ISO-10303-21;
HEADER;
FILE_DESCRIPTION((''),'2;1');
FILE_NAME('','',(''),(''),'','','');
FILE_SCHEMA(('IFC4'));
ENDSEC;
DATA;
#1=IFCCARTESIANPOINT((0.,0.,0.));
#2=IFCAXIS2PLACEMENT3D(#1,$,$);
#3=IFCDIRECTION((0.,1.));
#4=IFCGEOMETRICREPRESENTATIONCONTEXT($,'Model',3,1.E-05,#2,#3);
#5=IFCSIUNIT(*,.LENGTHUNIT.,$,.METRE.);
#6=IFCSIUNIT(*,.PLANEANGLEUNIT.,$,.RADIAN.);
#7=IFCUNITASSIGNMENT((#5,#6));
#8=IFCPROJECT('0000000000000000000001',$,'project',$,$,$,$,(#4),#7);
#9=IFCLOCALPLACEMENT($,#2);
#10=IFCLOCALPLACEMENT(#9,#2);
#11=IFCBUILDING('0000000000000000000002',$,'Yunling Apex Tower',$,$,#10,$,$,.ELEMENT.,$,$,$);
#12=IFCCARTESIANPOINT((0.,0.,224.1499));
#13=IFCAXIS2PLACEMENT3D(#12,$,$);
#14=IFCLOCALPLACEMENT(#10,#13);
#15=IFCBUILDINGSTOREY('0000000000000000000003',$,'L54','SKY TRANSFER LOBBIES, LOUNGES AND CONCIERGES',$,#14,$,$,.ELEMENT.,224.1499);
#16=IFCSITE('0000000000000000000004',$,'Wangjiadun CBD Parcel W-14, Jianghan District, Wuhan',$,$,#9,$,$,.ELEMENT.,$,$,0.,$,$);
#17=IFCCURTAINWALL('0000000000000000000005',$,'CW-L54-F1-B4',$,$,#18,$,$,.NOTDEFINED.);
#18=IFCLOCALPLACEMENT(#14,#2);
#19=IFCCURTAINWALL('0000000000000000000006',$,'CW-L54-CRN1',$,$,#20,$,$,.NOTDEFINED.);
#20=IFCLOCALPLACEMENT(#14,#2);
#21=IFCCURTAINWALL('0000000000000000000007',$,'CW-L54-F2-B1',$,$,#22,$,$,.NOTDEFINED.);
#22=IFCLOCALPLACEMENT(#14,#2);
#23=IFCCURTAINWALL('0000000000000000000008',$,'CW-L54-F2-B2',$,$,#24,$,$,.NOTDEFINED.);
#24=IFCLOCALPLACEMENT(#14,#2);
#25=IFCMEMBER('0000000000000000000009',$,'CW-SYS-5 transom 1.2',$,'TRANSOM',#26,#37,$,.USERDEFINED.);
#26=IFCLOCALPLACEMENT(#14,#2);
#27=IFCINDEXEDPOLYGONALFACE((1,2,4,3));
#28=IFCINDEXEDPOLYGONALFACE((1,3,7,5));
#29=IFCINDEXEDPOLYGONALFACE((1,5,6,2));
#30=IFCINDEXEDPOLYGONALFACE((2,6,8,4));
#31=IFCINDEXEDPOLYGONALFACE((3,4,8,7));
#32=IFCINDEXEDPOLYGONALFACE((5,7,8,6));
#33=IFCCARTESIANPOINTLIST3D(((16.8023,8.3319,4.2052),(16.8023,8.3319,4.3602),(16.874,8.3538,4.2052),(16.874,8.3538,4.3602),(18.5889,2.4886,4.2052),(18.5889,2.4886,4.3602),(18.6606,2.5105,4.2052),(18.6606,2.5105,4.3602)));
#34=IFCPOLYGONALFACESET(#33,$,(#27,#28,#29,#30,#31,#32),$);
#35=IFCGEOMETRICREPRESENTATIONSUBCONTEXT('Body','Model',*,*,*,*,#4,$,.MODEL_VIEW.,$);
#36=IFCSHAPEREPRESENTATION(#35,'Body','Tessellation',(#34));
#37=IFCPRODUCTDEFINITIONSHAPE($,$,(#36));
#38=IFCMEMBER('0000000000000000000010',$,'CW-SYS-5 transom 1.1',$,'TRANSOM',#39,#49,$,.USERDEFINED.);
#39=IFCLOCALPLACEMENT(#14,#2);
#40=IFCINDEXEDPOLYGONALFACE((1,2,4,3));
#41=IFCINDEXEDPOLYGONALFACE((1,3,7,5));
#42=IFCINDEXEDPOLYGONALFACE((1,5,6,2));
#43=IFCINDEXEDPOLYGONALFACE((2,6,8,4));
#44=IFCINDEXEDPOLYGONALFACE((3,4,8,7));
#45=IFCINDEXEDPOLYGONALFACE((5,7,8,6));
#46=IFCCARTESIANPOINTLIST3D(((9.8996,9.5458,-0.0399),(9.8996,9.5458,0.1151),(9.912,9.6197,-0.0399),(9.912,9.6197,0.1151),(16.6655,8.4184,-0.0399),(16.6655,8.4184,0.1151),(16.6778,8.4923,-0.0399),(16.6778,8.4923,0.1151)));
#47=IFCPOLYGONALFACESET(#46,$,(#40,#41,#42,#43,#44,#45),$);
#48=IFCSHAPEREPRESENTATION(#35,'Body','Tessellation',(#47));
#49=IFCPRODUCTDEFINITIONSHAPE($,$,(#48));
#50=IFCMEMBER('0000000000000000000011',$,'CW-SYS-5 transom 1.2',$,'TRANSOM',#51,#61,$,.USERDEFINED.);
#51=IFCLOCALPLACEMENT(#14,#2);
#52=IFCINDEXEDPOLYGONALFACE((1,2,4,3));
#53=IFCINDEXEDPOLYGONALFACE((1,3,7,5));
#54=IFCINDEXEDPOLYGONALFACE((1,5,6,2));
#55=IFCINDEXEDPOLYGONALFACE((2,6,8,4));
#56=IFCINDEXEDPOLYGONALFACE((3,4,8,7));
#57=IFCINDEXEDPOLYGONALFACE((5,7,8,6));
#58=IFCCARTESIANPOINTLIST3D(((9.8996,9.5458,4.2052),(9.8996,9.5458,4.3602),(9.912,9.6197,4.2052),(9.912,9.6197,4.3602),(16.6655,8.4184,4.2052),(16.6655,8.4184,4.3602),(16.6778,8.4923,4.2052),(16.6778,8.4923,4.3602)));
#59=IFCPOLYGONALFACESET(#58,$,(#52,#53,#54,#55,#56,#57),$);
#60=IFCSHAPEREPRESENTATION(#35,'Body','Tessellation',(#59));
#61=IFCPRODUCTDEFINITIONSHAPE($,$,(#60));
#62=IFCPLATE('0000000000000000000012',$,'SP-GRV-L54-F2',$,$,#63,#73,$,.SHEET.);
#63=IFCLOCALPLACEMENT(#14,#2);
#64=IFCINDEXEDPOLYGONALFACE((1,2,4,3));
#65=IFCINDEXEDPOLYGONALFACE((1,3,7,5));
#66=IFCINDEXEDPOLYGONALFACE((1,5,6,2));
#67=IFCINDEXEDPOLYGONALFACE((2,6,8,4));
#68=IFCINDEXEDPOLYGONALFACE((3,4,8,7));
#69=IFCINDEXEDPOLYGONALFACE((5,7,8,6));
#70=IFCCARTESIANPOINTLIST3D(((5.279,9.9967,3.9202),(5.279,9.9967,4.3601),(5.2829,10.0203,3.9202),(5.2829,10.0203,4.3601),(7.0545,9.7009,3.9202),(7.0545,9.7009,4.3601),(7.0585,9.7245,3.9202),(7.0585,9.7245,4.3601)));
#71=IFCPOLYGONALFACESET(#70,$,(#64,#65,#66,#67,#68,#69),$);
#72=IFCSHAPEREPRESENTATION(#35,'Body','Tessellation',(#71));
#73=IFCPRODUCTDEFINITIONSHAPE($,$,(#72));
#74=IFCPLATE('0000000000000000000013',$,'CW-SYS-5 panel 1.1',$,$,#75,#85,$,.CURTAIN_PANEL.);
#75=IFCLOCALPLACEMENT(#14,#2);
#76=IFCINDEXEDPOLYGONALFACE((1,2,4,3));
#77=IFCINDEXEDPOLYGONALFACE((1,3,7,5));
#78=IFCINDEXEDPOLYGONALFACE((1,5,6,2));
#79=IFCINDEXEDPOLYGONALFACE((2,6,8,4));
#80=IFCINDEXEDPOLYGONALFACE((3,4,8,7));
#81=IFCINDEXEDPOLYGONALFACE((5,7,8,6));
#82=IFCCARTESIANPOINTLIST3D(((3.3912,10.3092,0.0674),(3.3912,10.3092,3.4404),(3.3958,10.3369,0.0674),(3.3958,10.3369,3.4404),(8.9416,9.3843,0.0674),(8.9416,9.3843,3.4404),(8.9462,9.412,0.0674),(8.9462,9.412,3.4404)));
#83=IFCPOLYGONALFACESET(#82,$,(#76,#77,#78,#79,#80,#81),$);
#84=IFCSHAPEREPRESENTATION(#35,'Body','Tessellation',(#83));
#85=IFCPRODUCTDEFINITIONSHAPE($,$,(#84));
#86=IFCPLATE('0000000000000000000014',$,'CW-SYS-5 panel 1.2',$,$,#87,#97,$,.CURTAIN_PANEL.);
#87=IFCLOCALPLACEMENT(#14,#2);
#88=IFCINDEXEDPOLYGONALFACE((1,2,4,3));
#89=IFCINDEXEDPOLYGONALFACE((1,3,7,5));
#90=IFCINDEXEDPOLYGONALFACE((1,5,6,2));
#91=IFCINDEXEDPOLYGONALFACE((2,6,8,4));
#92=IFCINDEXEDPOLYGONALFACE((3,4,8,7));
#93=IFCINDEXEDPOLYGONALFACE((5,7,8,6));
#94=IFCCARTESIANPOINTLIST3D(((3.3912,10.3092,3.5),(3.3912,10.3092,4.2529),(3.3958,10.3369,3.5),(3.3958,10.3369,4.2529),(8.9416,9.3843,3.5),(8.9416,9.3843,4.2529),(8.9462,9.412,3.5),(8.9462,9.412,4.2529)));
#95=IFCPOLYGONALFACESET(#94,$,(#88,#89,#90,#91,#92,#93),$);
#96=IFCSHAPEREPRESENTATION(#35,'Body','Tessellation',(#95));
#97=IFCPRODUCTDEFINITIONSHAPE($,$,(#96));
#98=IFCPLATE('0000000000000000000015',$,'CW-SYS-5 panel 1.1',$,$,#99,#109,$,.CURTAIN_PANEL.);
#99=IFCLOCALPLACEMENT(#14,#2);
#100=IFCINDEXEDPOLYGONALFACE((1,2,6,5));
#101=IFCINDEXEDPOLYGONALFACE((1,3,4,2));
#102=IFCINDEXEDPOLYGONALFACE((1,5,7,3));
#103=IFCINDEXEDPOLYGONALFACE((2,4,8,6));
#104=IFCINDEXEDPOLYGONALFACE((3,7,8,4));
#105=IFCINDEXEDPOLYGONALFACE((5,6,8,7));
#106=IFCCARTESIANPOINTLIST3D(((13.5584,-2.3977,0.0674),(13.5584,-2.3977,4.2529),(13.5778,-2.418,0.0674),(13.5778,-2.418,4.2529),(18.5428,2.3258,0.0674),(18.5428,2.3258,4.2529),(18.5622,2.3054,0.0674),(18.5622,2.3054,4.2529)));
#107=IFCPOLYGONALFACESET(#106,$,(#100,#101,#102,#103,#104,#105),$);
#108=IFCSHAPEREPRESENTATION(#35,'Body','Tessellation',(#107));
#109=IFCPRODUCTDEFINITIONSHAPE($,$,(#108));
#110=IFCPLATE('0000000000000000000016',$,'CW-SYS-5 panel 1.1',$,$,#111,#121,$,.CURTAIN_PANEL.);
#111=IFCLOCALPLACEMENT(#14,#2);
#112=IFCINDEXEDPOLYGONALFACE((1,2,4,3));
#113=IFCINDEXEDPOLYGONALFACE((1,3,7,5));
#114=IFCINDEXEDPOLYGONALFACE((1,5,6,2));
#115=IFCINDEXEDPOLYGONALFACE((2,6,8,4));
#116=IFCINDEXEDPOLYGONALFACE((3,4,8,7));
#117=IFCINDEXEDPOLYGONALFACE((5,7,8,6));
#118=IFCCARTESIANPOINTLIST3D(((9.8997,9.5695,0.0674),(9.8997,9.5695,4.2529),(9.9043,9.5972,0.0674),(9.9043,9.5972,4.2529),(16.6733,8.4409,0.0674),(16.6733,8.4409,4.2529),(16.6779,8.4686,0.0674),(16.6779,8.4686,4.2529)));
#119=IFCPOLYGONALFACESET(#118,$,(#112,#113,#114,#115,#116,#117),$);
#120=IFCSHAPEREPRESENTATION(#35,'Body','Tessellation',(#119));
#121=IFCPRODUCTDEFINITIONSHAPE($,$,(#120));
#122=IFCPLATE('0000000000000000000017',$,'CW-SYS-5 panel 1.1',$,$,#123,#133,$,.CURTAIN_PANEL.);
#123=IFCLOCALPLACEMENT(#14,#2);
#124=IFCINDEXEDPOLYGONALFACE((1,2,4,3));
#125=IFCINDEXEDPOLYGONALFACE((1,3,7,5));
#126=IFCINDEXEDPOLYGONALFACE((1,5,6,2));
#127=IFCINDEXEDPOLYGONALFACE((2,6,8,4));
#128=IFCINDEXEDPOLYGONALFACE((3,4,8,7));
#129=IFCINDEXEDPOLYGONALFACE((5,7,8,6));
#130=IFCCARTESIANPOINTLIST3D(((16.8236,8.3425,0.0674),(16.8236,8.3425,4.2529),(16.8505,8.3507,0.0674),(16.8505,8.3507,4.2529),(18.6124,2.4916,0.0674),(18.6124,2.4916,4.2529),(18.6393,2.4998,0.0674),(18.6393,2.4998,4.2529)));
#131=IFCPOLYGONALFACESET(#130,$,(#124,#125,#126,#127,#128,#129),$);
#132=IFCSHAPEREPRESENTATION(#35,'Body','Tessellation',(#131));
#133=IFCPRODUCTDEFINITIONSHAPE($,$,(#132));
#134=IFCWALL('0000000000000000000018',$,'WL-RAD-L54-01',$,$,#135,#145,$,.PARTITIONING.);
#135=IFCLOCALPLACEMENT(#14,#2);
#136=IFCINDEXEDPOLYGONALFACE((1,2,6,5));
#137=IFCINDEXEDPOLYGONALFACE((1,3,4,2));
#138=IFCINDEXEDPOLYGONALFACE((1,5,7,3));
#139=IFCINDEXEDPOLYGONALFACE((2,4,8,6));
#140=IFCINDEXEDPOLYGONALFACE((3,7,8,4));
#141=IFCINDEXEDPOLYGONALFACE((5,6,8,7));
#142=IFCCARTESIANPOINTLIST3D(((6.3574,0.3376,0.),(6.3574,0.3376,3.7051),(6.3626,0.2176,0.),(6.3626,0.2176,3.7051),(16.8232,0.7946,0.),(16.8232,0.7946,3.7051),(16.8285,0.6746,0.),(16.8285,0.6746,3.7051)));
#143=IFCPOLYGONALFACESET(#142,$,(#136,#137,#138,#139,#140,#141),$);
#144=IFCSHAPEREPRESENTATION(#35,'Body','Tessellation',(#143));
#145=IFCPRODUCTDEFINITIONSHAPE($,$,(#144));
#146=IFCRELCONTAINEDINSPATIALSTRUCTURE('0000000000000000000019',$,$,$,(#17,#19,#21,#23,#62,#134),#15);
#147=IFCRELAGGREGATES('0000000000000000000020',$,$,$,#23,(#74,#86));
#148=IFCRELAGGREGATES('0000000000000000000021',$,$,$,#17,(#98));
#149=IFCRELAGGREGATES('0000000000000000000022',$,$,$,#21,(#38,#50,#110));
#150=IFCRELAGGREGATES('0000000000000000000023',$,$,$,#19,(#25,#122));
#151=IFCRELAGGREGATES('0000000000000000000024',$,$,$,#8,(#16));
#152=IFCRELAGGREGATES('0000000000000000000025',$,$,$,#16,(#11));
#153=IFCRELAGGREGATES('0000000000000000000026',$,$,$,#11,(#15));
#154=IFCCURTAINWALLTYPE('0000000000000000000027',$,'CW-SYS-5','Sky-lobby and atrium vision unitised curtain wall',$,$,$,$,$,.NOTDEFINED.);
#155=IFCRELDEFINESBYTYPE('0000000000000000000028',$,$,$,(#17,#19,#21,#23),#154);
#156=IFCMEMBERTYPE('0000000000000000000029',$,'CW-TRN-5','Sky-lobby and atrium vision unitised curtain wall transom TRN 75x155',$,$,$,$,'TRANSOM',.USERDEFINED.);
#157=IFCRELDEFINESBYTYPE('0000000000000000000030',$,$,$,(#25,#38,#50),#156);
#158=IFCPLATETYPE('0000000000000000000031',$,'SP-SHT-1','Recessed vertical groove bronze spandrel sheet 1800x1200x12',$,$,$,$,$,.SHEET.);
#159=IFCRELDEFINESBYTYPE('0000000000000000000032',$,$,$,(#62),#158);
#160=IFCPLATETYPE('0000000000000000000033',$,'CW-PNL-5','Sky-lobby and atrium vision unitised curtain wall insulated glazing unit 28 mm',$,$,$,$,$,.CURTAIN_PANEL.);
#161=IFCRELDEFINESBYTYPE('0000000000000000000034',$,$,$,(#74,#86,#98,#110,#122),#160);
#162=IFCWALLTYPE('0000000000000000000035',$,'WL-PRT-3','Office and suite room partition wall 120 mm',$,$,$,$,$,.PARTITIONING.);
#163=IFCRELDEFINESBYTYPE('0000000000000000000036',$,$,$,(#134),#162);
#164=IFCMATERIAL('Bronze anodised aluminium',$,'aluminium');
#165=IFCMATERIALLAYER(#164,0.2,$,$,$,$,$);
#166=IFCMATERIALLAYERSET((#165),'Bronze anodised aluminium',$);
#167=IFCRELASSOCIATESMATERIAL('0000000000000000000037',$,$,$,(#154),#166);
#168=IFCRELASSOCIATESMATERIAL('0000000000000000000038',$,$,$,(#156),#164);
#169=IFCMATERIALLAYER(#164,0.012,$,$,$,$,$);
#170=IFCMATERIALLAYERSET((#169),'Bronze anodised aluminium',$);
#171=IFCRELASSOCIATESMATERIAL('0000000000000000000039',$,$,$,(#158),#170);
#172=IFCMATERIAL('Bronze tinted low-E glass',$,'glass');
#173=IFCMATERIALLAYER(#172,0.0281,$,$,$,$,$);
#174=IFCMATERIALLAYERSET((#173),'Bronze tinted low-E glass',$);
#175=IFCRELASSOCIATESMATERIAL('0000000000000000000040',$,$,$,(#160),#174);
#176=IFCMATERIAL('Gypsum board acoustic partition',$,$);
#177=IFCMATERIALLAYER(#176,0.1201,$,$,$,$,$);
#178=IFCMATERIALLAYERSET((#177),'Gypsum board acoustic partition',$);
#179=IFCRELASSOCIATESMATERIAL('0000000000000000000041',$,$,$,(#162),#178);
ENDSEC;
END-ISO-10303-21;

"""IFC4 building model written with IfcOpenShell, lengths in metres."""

from ifc_helpers import new_model, si_unit, direction, frame, frame_2d, origin, origin_2d, place, context, subcontext, project, spatial, rectangle, extrude, source, transform, mapped, material, layer, layer_set, material_profile, profile_set, type_object, element, aggregate, save


model = new_model("IFC4")

# Units and contexts
model_context = context("Model", 3, precision=1e-05, world=origin(), true_north=direction((0.0, 1.0)))
body_context = subcontext(model_context, "Body", "Model", "MODEL_VIEW")
ifc_project = project(units=[si_unit("LENGTHUNIT", "METRE"), si_unit("PLANEANGLEUNIT", "RADIAN")], contexts=[model_context])

# Site, building, storey
site_placement = place(None, origin())
site = spatial("IfcSite", under=ifc_project, at=site_placement, Name="Wangjiadun CBD Parcel W-14, Jianghan District, Wuhan", CompositionType="ELEMENT", RefElevation=0.0)
building_placement = place(site_placement, origin())
building = spatial("IfcBuilding", under=site, at=building_placement, Name="Yunling Apex Tower", CompositionType="ELEMENT")
storey_placement = place(building_placement, frame((0.0, 0.0, 224.1499)))
storey = spatial("IfcBuildingStorey", under=building, at=storey_placement, Name="L54", Description="SKY TRANSFER LOBBIES, LOUNGES AND CONCIERGES", CompositionType="ELEMENT", Elevation=224.1499)

# Curtain wall
ifc_material_1 = material(Name="Bronze anodised aluminium", Category="aluminium")
ifc_layer_1 = layer(ifc_material_1, 0.2)
ifc_layer_set_1 = layer_set([ifc_layer_1], Name="Bronze anodised aluminium")
curtain_wall_type = type_object("IfcCurtainWallType", Name="CW-SYS-5", Description="Sky-lobby and atrium vision unitised curtain wall", PredefinedType="NOTDEFINED", material=ifc_layer_set_1)
curtain_wall_1_placement = place(storey_placement, origin())
curtain_wall_1 = element("IfcCurtainWall", 1, at=curtain_wall_1_placement, inside=storey, type_object=curtain_wall_type, Name="CW-L54-F1-B4", PredefinedType="NOTDEFINED")

# Curtain walls
curtain_wall_2_placement = place(storey_placement, origin())
curtain_wall_2 = element("IfcCurtainWall", 2, at=curtain_wall_2_placement, inside=storey, type_object=curtain_wall_type, Name="CW-L54-CRN1", PredefinedType="NOTDEFINED")
curtain_wall_3_placement = place(storey_placement, origin())
curtain_wall_3 = element("IfcCurtainWall", 3, at=curtain_wall_3_placement, inside=storey, type_object=curtain_wall_type, Name="CW-L54-F2-B1", PredefinedType="NOTDEFINED")
curtain_wall_4_placement = place(storey_placement, origin())
curtain_wall_4 = element("IfcCurtainWall", 4, at=curtain_wall_4_placement, inside=storey, type_object=curtain_wall_type, Name="CW-L54-F2-B2", PredefinedType="NOTDEFINED")
ifc_material_profile_1 = material_profile(ifc_material_1, rectangle(XDim=0.075, YDim=0.155, at=origin_2d()))
ifc_profile_set_1 = profile_set([ifc_material_profile_1], Name="Bronze anodised aluminium")
member_type_1 = type_object("IfcMemberType", Name="CW-TRN-5", Description="Sky-lobby and atrium vision unitised curtain wall transom TRN 75x155", ElementType="TRANSOM", PredefinedType="USERDEFINED", material=ifc_profile_set_1)

# Members
shared_shape_1 = source(origin(), body_context, "Body", "SweptSolid", [
    extrude(rectangle(XDim=0.075, YDim=0.155, at=origin_2d()), origin(), (0.0, 0.0, 1.0), 6.1104),
])
member_1_placement = place(storey_placement, frame((18.6248, 2.4995, 4.2827), z_axis=(-0.292395, 0.956298, 0.0), x_axis=(-0.956298, -0.292395, 0.0)))
member_1 = element("IfcMember", 5, at=member_1_placement, type_object=member_type_1, Name="CW-SYS-5 transom 1.2", ObjectType="TRANSOM", PredefinedType="USERDEFINED", context=body_context, shape_type="MappedRepresentation", body=[
    mapped(shared_shape_1, transform((0.0, 0.0, 0.0), scale=1.0)),
])
shared_shape_2 = source(origin(), body_context, "Body", "SweptSolid", [
    extrude(rectangle(XDim=0.075, YDim=0.155, at=origin_2d()), origin(), (0.0, 0.0, 1.0), 6.8591),
])
member_2_placement = place(storey_placement, frame((16.6716, 8.4553, 0.0376), z_axis=(-0.986399, 0.16437, 0.0), x_axis=(-0.16437, -0.986399, 0.0)))
member_2 = element("IfcMember", 6, at=member_2_placement, type_object=member_type_1, Name="CW-SYS-5 transom 1.1", ObjectType="TRANSOM", PredefinedType="USERDEFINED", context=body_context, shape_type="MappedRepresentation", body=[
    mapped(shared_shape_2, transform((0.0, 0.0, 0.0), scale=1.0)),
])
member_3_placement = place(storey_placement, frame((16.6716, 8.4553, 4.2827), z_axis=(-0.986399, 0.16437, 0.0), x_axis=(-0.16437, -0.986399, 0.0)))
member_3 = element("IfcMember", 7, at=member_3_placement, type_object=member_type_1, Name="CW-SYS-5 transom 1.2", ObjectType="TRANSOM", PredefinedType="USERDEFINED", context=body_context, shape_type="MappedRepresentation", body=[
    mapped(shared_shape_2, transform((0.0, 0.0, 0.0), scale=1.0)),
])

# Plates
ifc_layer_2 = layer(ifc_material_1, 0.012)
ifc_layer_set_2 = layer_set([ifc_layer_2], Name="Bronze anodised aluminium")
plate_type_1 = type_object("IfcPlateType", Name="SP-SHT-1", Description="Recessed vertical groove bronze spandrel sheet 1800x1200x12", PredefinedType="SHEET", material=ifc_layer_set_2)
shared_shape_3 = source(origin(), body_context, "Body", "SweptSolid", [
    extrude(rectangle(XDim=1.8, YDim=0.0239, at=origin_2d()), origin(), (0.0, 0.0, 1.0), 0.4399),
])
plate_1_placement = place(storey_placement, frame((6.1687, 9.8606, 3.9202), z_axis=(0.0, 0.0, 1.0), x_axis=(-0.986401, 0.164359, 0.0)))
element("IfcPlate", 8, at=plate_1_placement, inside=storey, type_object=plate_type_1, Name="SP-GRV-L54-F2", PredefinedType="SHEET", context=body_context, shape_type="MappedRepresentation", body=[
    mapped(shared_shape_3, transform((0.0, 0.0, 0.0), scale=1.0)),
])
ifc_material_2 = material(Name="Bronze tinted low-E glass", Category="glass")
ifc_layer_3 = layer(ifc_material_2, 0.0281)
ifc_layer_set_3 = layer_set([ifc_layer_3], Name="Bronze tinted low-E glass")
plate_type_2 = type_object("IfcPlateType", Name="CW-PNL-5", Description="Sky-lobby and atrium vision unitised curtain wall insulated glazing unit 28 mm", PredefinedType="CURTAIN_PANEL", material=ifc_layer_set_3)
shared_shape_4 = source(origin(), body_context, "Body", "SweptSolid", [
    extrude(rectangle(XDim=5.627, YDim=0.0281, at=origin_2d()), origin(), (0.0, 0.0, 1.0), 3.373),
])
plate_2_placement = place(storey_placement, frame((6.1687, 9.8606, 0.0674), z_axis=(0.0, 0.0, 1.0), x_axis=(-0.986399, 0.164371, 0.0)))
plate_2 = element("IfcPlate", 9, at=plate_2_placement, type_object=plate_type_2, Name="CW-SYS-5 panel 1.1", PredefinedType="CURTAIN_PANEL", context=body_context, shape_type="MappedRepresentation", body=[
    mapped(shared_shape_4, transform((0.0, 0.0, 0.0), scale=1.0)),
])
shared_shape_5 = source(origin(), body_context, "Body", "SweptSolid", [
    extrude(rectangle(XDim=5.627, YDim=0.0281, at=origin_2d()), origin(), (0.0, 0.0, 1.0), 0.7529),
])
plate_3_placement = place(storey_placement, frame((6.1687, 9.8606, 3.5), z_axis=(0.0, 0.0, 1.0), x_axis=(-0.986399, 0.164371, 0.0)))
plate_3 = element("IfcPlate", 10, at=plate_3_placement, type_object=plate_type_2, Name="CW-SYS-5 panel 1.2", PredefinedType="CURTAIN_PANEL", context=body_context, shape_type="MappedRepresentation", body=[
    mapped(shared_shape_5, transform((0.0, 0.0, 0.0), scale=1.0)),
])
aggregate(curtain_wall_4, [plate_2, plate_3])
shared_shape_6 = source(origin(), body_context, "Body", "SweptSolid", [
    extrude(rectangle(XDim=6.8669, YDim=0.0281, at=origin_2d()), origin(), (0.0, 0.0, 1.0), 4.1855),
])
plate_4_placement = place(storey_placement, frame((16.0603, -0.0461, 0.0674), z_axis=(0.0, 0.0, 1.0), x_axis=(0.725855, 0.687848, 0.0)))
plate_4 = element("IfcPlate", 11, at=plate_4_placement, type_object=plate_type_2, Name="CW-SYS-5 panel 1.1", PredefinedType="CURTAIN_PANEL", context=body_context, shape_type="MappedRepresentation", body=[
    mapped(shared_shape_6, transform((0.0, 0.0, 0.0), scale=1.0)),
])
aggregate(curtain_wall_1, [plate_4])
plate_5_placement = place(storey_placement, frame((13.2888, 9.019, 0.0674), z_axis=(0.0, 0.0, 1.0), x_axis=(-0.986402, 0.164353, 0.0)))
plate_5 = element("IfcPlate", 12, at=plate_5_placement, type_object=plate_type_2, Name="CW-SYS-5 panel 1.1", PredefinedType="CURTAIN_PANEL", context=body_context, shape_type="MappedRepresentation", body=[
    mapped(shared_shape_6, transform((0.0, 0.0, 0.0), scale=1.0)),
])
aggregate(curtain_wall_3, [member_2, member_3, plate_5])
shared_shape_7 = source(origin(), body_context, "Body", "SweptSolid", [
    extrude(rectangle(XDim=6.1182, YDim=0.0281, at=origin_2d()), origin(), (0.0, 0.0, 1.0), 4.1855),
])
plate_6_placement = place(storey_placement, frame((17.7314, 5.4211, 0.0674), z_axis=(0.0, 0.0, 1.0), x_axis=(-0.292369, 0.956305, 0.0)))
plate_6 = element("IfcPlate", 13, at=plate_6_placement, type_object=plate_type_2, Name="CW-SYS-5 panel 1.1", PredefinedType="CURTAIN_PANEL", context=body_context, shape_type="MappedRepresentation", body=[
    mapped(shared_shape_7, transform((0.0, 0.0, 0.0), scale=1.0)),
])
aggregate(curtain_wall_2, [member_1, plate_6])

# Wall
ifc_material_3 = material(Name="Gypsum board acoustic partition")
ifc_layer_4 = layer(ifc_material_3, 0.1201)
ifc_layer_set_4 = layer_set([ifc_layer_4], Name="Gypsum board acoustic partition")
wall_type = type_object("IfcWallType", Name="WL-PRT-3", Description="Office and suite room partition wall 120 mm", PredefinedType="PARTITIONING", material=ifc_layer_set_4)
wall_placement = place(storey_placement, frame((6.3601, 0.2776, 0.0), z_axis=(0.0, 0.0, 1.0), x_axis=(0.999048, 0.043627, 0.0)))
element("IfcWall", 14, at=wall_placement, inside=storey, type_object=wall_type, Name="WL-RAD-L54-01", PredefinedType="PARTITIONING", context=body_context, shape_type="SweptSolid", body=[
    extrude(rectangle(XDim=10.4758, YDim=0.1201, at=frame_2d((5.2378, 0.0))), origin(), (0.0, 0.0, 1.0), 3.7051),
])

save(model, "model.ifc")
